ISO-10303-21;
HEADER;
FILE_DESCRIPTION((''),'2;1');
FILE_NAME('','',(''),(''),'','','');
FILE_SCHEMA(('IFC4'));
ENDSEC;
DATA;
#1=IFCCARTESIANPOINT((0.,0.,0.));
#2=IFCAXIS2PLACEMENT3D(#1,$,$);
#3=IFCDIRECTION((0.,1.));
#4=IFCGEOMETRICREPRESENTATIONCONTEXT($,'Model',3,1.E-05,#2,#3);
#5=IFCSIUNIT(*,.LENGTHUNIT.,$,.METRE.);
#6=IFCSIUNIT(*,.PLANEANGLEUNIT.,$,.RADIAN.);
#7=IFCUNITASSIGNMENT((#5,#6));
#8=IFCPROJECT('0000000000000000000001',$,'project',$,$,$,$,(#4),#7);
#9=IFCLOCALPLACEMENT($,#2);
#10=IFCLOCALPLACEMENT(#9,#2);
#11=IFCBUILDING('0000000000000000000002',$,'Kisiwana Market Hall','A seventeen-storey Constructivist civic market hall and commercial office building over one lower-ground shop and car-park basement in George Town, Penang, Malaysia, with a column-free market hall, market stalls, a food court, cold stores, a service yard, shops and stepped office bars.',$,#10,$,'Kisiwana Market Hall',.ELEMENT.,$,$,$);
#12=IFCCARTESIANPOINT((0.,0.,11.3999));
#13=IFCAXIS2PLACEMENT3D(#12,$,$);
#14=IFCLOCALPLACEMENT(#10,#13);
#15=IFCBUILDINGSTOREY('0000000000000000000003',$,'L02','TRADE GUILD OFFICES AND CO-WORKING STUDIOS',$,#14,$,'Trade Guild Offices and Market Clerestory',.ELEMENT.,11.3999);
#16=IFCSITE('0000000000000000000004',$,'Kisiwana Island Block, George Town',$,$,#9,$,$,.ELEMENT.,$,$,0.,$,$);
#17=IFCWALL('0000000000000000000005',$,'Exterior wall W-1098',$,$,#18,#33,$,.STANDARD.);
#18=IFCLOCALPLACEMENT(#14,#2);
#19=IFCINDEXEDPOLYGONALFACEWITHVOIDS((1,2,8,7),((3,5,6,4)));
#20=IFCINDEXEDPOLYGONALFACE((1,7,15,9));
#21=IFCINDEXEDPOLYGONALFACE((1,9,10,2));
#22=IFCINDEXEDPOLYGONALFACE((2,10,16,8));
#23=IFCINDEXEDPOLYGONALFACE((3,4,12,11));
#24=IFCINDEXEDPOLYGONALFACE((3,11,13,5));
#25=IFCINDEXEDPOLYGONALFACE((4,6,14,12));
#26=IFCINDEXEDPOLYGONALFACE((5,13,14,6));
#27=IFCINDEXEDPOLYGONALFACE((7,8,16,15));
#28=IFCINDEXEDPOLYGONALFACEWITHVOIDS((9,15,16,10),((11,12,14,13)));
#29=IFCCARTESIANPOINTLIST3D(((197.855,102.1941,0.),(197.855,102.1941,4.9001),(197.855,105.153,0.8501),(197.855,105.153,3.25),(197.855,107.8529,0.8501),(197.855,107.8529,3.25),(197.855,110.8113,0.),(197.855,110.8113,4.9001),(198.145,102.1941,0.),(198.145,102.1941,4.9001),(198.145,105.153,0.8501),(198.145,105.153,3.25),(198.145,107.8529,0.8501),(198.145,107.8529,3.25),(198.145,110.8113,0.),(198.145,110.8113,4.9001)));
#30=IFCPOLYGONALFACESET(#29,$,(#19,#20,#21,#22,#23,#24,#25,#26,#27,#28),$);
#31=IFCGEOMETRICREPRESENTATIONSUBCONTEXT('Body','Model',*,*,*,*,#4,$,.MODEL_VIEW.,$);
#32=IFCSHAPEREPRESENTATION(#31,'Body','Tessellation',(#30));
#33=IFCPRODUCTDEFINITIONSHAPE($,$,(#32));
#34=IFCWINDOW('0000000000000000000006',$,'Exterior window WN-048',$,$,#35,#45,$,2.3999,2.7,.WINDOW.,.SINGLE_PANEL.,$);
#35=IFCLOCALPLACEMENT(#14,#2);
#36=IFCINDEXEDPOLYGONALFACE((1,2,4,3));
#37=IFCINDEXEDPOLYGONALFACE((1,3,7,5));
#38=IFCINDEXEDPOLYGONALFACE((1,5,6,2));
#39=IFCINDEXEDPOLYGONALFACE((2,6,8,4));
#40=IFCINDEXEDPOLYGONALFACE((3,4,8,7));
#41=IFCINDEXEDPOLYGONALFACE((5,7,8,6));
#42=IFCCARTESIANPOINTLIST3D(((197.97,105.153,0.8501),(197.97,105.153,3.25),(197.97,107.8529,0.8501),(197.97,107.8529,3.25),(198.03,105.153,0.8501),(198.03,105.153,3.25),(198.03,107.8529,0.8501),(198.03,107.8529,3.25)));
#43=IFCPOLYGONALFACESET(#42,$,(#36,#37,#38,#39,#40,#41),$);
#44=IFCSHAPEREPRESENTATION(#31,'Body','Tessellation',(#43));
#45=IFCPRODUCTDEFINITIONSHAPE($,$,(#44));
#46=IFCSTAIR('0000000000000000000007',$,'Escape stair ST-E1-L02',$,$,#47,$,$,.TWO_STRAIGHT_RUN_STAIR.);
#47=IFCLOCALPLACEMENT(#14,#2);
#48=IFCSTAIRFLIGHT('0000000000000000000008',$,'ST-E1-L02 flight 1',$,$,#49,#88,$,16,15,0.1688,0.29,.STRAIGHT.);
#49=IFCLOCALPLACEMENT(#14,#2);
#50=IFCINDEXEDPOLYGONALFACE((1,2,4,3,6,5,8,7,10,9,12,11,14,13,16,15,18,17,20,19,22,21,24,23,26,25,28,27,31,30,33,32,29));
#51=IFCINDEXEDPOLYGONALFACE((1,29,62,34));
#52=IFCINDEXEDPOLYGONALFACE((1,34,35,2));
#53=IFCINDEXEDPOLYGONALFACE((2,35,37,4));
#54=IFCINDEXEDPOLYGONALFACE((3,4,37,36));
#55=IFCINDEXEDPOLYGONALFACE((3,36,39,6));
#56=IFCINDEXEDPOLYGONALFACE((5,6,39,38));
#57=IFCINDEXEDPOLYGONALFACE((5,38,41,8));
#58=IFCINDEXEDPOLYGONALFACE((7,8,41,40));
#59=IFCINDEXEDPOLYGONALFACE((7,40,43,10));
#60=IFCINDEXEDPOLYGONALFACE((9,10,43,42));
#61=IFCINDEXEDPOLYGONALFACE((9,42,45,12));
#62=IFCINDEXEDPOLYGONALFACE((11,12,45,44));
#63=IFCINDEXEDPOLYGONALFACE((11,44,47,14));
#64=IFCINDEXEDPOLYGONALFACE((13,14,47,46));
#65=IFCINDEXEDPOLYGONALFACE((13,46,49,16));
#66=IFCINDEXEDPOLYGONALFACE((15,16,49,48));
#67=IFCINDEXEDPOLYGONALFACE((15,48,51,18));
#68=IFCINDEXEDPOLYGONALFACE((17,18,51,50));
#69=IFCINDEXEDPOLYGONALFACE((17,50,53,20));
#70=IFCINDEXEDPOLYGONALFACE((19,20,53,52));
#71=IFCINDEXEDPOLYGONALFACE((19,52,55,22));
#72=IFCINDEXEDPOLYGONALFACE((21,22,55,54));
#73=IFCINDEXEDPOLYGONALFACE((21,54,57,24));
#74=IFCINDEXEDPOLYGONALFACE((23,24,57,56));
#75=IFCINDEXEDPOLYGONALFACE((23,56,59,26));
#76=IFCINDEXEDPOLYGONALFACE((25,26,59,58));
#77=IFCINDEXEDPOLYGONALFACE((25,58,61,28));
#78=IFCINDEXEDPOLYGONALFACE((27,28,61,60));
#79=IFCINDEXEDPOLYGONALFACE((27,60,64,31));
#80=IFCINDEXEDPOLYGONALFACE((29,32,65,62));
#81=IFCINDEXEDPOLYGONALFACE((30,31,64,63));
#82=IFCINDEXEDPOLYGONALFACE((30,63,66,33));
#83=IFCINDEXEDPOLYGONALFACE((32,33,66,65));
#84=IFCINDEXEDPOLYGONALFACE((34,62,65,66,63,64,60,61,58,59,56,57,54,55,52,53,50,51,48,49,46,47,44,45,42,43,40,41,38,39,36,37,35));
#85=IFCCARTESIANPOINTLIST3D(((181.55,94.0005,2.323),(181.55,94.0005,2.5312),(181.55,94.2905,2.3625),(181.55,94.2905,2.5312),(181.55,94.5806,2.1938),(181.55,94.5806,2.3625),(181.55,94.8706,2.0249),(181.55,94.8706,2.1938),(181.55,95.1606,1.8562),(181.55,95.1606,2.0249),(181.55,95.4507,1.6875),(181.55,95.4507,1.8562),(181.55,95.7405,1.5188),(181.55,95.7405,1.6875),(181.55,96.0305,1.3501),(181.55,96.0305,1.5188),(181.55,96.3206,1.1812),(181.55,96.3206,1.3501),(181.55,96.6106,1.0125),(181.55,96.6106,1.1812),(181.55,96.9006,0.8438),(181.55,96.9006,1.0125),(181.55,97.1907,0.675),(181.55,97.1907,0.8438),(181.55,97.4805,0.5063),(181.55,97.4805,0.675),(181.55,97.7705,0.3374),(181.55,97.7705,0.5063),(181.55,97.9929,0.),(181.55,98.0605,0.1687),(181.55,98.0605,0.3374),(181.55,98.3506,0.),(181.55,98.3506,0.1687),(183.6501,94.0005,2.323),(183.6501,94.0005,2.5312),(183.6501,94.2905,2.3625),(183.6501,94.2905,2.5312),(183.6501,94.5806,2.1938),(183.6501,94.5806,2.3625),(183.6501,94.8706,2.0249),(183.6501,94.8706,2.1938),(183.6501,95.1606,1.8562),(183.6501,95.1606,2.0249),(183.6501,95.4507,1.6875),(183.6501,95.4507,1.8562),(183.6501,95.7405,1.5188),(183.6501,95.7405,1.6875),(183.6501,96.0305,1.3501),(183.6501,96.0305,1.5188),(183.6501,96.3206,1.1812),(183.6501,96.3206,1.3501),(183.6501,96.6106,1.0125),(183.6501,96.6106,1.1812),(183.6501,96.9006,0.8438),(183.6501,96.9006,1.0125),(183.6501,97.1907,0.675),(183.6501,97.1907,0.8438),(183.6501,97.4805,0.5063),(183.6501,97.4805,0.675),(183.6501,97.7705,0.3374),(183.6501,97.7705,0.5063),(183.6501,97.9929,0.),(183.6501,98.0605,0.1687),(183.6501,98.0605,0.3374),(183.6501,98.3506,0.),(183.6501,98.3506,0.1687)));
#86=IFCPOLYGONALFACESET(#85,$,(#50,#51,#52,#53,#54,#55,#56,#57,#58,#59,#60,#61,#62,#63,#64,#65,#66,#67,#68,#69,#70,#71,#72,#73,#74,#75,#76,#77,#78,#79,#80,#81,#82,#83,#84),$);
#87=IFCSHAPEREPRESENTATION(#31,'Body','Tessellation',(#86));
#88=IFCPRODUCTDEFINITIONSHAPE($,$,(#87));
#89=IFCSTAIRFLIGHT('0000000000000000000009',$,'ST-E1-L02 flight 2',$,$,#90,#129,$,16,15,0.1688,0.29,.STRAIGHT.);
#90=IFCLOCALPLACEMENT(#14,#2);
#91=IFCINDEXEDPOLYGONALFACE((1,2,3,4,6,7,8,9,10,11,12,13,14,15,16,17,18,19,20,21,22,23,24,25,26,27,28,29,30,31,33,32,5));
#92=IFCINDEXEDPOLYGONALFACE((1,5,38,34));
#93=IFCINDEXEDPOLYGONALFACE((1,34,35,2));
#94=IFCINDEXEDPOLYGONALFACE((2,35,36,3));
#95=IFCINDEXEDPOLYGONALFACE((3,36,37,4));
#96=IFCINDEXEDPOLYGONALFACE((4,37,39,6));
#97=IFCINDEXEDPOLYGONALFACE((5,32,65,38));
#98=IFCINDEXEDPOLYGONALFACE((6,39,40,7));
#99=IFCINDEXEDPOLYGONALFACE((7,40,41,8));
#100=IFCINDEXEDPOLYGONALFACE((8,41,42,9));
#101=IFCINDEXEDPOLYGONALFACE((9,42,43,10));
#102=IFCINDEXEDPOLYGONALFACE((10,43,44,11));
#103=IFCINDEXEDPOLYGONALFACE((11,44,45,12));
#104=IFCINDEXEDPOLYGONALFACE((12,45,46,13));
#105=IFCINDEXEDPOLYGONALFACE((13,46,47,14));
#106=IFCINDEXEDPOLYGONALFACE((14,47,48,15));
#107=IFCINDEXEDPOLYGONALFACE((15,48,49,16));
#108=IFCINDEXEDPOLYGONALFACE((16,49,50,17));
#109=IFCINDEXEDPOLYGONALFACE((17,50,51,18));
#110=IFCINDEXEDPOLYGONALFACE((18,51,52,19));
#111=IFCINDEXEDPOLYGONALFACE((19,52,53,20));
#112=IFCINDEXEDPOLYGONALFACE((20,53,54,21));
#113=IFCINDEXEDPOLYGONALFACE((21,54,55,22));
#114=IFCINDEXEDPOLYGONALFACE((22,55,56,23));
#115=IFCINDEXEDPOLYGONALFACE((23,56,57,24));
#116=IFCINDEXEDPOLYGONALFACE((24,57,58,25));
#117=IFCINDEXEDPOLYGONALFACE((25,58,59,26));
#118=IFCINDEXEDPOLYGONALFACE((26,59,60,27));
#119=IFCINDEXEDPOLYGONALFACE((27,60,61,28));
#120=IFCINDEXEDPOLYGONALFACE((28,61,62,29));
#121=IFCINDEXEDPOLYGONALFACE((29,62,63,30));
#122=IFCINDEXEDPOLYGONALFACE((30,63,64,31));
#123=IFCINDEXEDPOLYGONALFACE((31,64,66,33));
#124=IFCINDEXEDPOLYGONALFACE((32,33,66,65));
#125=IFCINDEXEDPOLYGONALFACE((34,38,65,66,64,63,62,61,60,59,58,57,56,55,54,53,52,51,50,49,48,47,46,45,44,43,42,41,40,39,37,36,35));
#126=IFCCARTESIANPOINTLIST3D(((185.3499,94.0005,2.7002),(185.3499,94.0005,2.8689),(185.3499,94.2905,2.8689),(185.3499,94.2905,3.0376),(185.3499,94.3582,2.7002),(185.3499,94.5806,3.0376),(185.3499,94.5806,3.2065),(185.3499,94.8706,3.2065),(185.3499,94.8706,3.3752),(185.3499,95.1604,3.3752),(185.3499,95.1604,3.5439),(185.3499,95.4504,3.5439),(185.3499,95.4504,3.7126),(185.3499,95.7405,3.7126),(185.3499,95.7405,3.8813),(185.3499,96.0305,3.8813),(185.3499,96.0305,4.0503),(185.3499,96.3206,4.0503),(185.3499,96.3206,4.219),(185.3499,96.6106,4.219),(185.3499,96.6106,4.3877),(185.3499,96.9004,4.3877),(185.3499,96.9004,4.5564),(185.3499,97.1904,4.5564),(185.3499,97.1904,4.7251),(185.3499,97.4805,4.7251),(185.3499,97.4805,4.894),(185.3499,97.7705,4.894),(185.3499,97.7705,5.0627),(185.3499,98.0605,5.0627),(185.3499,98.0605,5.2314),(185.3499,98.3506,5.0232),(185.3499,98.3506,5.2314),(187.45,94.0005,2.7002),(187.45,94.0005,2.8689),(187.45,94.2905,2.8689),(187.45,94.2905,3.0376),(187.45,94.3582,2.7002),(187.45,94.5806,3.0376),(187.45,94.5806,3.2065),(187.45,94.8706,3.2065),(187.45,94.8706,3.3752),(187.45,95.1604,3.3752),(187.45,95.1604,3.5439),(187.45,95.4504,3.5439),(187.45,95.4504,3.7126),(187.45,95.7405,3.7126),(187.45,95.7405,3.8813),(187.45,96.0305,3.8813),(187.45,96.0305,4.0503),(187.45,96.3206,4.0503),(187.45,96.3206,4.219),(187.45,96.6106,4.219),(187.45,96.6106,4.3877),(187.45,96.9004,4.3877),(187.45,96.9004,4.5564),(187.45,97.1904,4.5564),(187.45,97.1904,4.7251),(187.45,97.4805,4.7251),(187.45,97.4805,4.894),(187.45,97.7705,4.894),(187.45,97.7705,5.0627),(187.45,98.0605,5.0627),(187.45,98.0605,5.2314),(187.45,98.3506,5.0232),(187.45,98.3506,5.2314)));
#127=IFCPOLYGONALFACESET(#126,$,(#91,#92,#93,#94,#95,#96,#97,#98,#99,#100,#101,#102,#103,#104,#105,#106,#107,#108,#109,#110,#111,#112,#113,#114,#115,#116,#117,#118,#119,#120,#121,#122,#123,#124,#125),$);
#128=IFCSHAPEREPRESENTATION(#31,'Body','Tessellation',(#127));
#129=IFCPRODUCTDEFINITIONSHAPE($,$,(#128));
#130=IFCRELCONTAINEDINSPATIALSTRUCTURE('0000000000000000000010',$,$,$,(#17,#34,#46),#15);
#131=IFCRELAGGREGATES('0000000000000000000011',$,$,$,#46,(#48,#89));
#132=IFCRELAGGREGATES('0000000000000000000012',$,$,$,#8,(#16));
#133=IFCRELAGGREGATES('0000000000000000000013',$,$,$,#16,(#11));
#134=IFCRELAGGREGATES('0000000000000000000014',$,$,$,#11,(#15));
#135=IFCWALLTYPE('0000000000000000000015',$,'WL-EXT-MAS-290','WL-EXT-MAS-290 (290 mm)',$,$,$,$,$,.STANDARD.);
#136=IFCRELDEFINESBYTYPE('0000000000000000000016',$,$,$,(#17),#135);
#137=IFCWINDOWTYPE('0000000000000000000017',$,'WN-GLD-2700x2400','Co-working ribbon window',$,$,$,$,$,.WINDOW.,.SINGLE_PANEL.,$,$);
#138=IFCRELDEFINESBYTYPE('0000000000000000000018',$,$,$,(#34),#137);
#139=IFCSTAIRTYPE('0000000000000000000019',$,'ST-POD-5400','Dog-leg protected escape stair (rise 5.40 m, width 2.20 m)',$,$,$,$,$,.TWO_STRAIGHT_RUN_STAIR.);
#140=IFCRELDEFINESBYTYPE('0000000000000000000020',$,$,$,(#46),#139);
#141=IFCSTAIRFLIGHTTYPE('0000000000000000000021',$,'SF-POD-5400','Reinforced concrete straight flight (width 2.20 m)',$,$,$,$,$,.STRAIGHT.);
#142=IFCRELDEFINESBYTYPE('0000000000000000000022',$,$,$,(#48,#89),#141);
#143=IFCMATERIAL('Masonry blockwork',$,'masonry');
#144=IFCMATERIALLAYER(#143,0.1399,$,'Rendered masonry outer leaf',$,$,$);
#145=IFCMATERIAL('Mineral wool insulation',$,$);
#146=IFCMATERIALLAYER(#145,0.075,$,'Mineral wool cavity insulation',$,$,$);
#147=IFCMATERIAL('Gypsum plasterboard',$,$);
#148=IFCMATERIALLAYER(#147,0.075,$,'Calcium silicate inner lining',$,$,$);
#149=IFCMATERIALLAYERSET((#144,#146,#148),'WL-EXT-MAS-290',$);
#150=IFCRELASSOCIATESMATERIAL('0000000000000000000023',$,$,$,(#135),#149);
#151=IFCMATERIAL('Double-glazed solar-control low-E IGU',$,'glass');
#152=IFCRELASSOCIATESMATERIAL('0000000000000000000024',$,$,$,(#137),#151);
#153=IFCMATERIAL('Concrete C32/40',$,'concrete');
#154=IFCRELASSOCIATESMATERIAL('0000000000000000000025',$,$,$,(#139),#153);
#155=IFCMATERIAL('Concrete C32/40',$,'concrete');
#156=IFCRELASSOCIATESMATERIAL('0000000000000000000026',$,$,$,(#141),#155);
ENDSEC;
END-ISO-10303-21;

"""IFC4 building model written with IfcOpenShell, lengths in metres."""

from ifc_helpers import new_model, si_unit, direction, frame, frame_2d, origin, place, context, subcontext, project, spatial, polyline, rectangle, outline, extrude, material, layer, layer_set, type_object, element, fill, aggregate, save


model = new_model("IFC4")

# Units and contexts
model_context = context("Model", 3, precision=1e-05, world=origin(), true_north=direction((0.0, 1.0)))
body_context = subcontext(model_context, "Body", "Model", "MODEL_VIEW")
ifc_project = project(units=[si_unit("LENGTHUNIT", "METRE"), si_unit("PLANEANGLEUNIT", "RADIAN")], contexts=[model_context])

# Site, building, storey
site_placement = place(None, origin())
site = spatial("IfcSite", under=ifc_project, at=site_placement, Name="Kisiwana Island Block, George Town", CompositionType="ELEMENT", RefElevation=0.0)
building_placement = place(site_placement, origin())
building = spatial("IfcBuilding", under=site, at=building_placement, Name="Kisiwana Market Hall", Description="A seventeen-storey Constructivist civic market hall and commercial office building over one lower-ground shop and car-park basement in George Town, Penang, Malaysia, with a column-free market hall, market stalls, a food court, cold stores, a service yard, shops and stepped office bars.", LongName="Kisiwana Market Hall", CompositionType="ELEMENT")
storey_placement = place(building_placement, frame((0.0, 0.0, 11.3999)))
storey = spatial("IfcBuildingStorey", under=building, at=storey_placement, Name="L02", Description="TRADE GUILD OFFICES AND CO-WORKING STUDIOS", LongName="Trade Guild Offices and Market Clerestory", CompositionType="ELEMENT", Elevation=11.3999)

# Wall, opening, window
ifc_material_1 = material(Name="Masonry blockwork", Category="masonry")
ifc_layer_1 = layer(ifc_material_1, 0.1399, Name="Rendered masonry outer leaf")
ifc_material_2 = material(Name="Mineral wool insulation")
ifc_layer_2 = layer(ifc_material_2, 0.075, Name="Mineral wool cavity insulation")
ifc_material_3 = material(Name="Gypsum plasterboard")
ifc_layer_3 = layer(ifc_material_3, 0.075, Name="Calcium silicate inner lining")
ifc_layer_set_1 = layer_set([ifc_layer_1, ifc_layer_2, ifc_layer_3], Name="WL-EXT-MAS-290")
wall_type_1 = type_object("IfcWallType", Name="WL-EXT-MAS-290", Description="WL-EXT-MAS-290 (290 mm)", PredefinedType="STANDARD", material=ifc_layer_set_1)
wall_1_placement = place(storey_placement, frame((198.0, 102.1941, 0.0), z_axis=(0.0, 0.0, 1.0), x_axis=(0.0, 1.0, 0.0)))
wall_1 = element("IfcWall", 1, at=wall_1_placement, inside=storey, type_object=wall_type_1, Name="Exterior wall W-1098", PredefinedType="STANDARD", context=body_context, shape_type="SweptSolid", body=[
    extrude(rectangle(XDim=8.6172, YDim=0.29, at=frame_2d((4.3086, 0.0))), origin(), (0.0, 0.0, 1.0), 4.9001),
])
opening_1_placement = place(wall_1_placement, frame((2.9587, 0.0, 0.8501)))
opening_1 = element("IfcOpeningElement", 2, at=opening_1_placement, cuts=wall_1, PredefinedType="OPENING", context=body_context, shape_type="SweptSolid", body=[
    extrude(rectangle(XDim=2.7, YDim=2.3999, at=frame_2d((1.3501, 1.2))), frame((0.0, 0.157, 0.0), z_axis=(0.0, -1.0, 0.0), x_axis=(1.0, 0.0, 0.0)), (0.0, 0.0, 1.0), 0.314),
])
ifc_material_4 = material(Name="Double-glazed solar-control low-E IGU", Category="glass")
window_type = type_object("IfcWindowType", Name="WN-GLD-2700x2400", Description="Co-working ribbon window", PartitioningType="SINGLE_PANEL", PredefinedType="WINDOW", material=ifc_material_4)
window_placement = place(opening_1_placement, origin())
window = element("IfcWindow", 3, at=window_placement, inside=storey, type_object=window_type, Name="Exterior window WN-048", OverallHeight=2.3999, OverallWidth=2.7, PartitioningType="SINGLE_PANEL", PredefinedType="WINDOW", context=body_context, shape_type="SweptSolid", body=[
    extrude(rectangle(XDim=2.7, YDim=2.3999, at=frame_2d((1.3501, 1.2))), frame((0.0, 0.03, 0.0), z_axis=(0.0, -1.0, 0.0), x_axis=(1.0, 0.0, 0.0)), (0.0, 0.0, 1.0), 0.0601),
])
fill(opening_1, window)

# Stair, stair flights
ifc_material_5 = material(Name="Concrete C32/40", Category="concrete")
stair_type = type_object("IfcStairType", Name="ST-POD-5400", Description="Dog-leg protected escape stair (rise 5.40 m, width 2.20 m)", PredefinedType="TWO_STRAIGHT_RUN_STAIR", material=ifc_material_5)
stair_placement = place(storey_placement, origin())
stair = element("IfcStair", 4, at=stair_placement, inside=storey, type_object=stair_type, Name="Escape stair ST-E1-L02", PredefinedType="TWO_STRAIGHT_RUN_STAIR")
ifc_material_6 = material(Name="Concrete C32/40", Category="concrete")
stair_flight_type = type_object("IfcStairFlightType", Name="SF-POD-5400", Description="Reinforced concrete straight flight (width 2.20 m)", PredefinedType="STRAIGHT", material=ifc_material_6)
stair_flight_1_placement = place(storey_placement, frame((182.6001, 98.3506, 0.0), z_axis=(0.0, 0.0, 1.0), x_axis=(0.0, -1.0, 0.0)))
stair_flight_1 = element("IfcStairFlight", 5, at=stair_flight_1_placement, type_object=stair_flight_type, Name="ST-E1-L02 flight 1", NumberOfRisers=16, NumberOfTreads=15, PredefinedType="STRAIGHT", RiserHeight=0.1688, TreadLength=0.29, context=body_context, shape_type="SweptSolid", body=[
    extrude(outline(polyline([(0.0, 0.0), (0.0, 0.1687), (0.29, 0.1687), (0.29, 0.3374), (0.5801, 0.3374), (0.5801, 0.5063), (0.8701, 0.5063), (0.8701, 0.675), (1.1599, 0.675), (1.1599, 0.8438), (1.45, 0.8438), (1.45, 1.0125), (1.74, 1.0125), (1.74, 1.1812), (2.03, 1.1812), (2.03, 1.3501), (2.3201, 1.3501), (2.3201, 1.5188), (2.6101, 1.5188), (2.6101, 1.6875), (2.8999, 1.6875), (2.8999, 1.8562), (3.1899, 1.8562), (3.1899, 2.0249), (3.48, 2.0249), (3.48, 2.1938), (3.77, 2.1938), (3.77, 2.3625), (4.0601, 2.3625), (4.0601, 2.5312), (4.3501, 2.5312), (4.3501, 2.7), (4.3501, 2.323), (0.3577, 0.0), (0.0, 0.0)])), frame((0.0, 1.05, 0.0), z_axis=(0.0, -1.0, 0.0), x_axis=(1.0, 0.0, 0.0)), (0.0, 0.0, 1.0), 2.1001),
])
stair_flight_2_placement = place(storey_placement, frame((186.3999, 94.0005, 2.7002), z_axis=(0.0, 0.0, 1.0), x_axis=(0.0, 1.0, 0.0)))
stair_flight_2 = element("IfcStairFlight", 6, at=stair_flight_2_placement, type_object=stair_flight_type, Name="ST-E1-L02 flight 2", NumberOfRisers=16, NumberOfTreads=15, PredefinedType="STRAIGHT", RiserHeight=0.1688, TreadLength=0.29, context=body_context, shape_type="SweptSolid", body=[
    extrude(outline(polyline([(0.0, 0.0), (0.0, 0.1687), (0.29, 0.1687), (0.29, 0.3374), (0.5801, 0.3374), (0.5801, 0.5063), (0.8701, 0.5063), (0.8701, 0.675), (1.1599, 0.675), (1.1599, 0.8438), (1.45, 0.8438), (1.45, 1.0125), (1.74, 1.0125), (1.74, 1.1812), (2.03, 1.1812), (2.03, 1.3501), (2.3201, 1.3501), (2.3201, 1.5188), (2.6101, 1.5188), (2.6101, 1.6875), (2.8999, 1.6875), (2.8999, 1.8562), (3.1899, 1.8562), (3.1899, 2.0249), (3.48, 2.0249), (3.48, 2.1938), (3.77, 2.1938), (3.77, 2.3625), (4.0601, 2.3625), (4.0601, 2.5312), (4.3501, 2.5312), (4.3501, 2.7), (4.3501, 2.323), (0.3577, 0.0), (0.0, 0.0)])), frame((0.0, 1.05, 0.0), z_axis=(0.0, -1.0, 0.0), x_axis=(1.0, 0.0, 0.0)), (0.0, 0.0, 1.0), 2.1001),
])
aggregate(stair, [stair_flight_1, stair_flight_2])

save(model, "model.ifc")
